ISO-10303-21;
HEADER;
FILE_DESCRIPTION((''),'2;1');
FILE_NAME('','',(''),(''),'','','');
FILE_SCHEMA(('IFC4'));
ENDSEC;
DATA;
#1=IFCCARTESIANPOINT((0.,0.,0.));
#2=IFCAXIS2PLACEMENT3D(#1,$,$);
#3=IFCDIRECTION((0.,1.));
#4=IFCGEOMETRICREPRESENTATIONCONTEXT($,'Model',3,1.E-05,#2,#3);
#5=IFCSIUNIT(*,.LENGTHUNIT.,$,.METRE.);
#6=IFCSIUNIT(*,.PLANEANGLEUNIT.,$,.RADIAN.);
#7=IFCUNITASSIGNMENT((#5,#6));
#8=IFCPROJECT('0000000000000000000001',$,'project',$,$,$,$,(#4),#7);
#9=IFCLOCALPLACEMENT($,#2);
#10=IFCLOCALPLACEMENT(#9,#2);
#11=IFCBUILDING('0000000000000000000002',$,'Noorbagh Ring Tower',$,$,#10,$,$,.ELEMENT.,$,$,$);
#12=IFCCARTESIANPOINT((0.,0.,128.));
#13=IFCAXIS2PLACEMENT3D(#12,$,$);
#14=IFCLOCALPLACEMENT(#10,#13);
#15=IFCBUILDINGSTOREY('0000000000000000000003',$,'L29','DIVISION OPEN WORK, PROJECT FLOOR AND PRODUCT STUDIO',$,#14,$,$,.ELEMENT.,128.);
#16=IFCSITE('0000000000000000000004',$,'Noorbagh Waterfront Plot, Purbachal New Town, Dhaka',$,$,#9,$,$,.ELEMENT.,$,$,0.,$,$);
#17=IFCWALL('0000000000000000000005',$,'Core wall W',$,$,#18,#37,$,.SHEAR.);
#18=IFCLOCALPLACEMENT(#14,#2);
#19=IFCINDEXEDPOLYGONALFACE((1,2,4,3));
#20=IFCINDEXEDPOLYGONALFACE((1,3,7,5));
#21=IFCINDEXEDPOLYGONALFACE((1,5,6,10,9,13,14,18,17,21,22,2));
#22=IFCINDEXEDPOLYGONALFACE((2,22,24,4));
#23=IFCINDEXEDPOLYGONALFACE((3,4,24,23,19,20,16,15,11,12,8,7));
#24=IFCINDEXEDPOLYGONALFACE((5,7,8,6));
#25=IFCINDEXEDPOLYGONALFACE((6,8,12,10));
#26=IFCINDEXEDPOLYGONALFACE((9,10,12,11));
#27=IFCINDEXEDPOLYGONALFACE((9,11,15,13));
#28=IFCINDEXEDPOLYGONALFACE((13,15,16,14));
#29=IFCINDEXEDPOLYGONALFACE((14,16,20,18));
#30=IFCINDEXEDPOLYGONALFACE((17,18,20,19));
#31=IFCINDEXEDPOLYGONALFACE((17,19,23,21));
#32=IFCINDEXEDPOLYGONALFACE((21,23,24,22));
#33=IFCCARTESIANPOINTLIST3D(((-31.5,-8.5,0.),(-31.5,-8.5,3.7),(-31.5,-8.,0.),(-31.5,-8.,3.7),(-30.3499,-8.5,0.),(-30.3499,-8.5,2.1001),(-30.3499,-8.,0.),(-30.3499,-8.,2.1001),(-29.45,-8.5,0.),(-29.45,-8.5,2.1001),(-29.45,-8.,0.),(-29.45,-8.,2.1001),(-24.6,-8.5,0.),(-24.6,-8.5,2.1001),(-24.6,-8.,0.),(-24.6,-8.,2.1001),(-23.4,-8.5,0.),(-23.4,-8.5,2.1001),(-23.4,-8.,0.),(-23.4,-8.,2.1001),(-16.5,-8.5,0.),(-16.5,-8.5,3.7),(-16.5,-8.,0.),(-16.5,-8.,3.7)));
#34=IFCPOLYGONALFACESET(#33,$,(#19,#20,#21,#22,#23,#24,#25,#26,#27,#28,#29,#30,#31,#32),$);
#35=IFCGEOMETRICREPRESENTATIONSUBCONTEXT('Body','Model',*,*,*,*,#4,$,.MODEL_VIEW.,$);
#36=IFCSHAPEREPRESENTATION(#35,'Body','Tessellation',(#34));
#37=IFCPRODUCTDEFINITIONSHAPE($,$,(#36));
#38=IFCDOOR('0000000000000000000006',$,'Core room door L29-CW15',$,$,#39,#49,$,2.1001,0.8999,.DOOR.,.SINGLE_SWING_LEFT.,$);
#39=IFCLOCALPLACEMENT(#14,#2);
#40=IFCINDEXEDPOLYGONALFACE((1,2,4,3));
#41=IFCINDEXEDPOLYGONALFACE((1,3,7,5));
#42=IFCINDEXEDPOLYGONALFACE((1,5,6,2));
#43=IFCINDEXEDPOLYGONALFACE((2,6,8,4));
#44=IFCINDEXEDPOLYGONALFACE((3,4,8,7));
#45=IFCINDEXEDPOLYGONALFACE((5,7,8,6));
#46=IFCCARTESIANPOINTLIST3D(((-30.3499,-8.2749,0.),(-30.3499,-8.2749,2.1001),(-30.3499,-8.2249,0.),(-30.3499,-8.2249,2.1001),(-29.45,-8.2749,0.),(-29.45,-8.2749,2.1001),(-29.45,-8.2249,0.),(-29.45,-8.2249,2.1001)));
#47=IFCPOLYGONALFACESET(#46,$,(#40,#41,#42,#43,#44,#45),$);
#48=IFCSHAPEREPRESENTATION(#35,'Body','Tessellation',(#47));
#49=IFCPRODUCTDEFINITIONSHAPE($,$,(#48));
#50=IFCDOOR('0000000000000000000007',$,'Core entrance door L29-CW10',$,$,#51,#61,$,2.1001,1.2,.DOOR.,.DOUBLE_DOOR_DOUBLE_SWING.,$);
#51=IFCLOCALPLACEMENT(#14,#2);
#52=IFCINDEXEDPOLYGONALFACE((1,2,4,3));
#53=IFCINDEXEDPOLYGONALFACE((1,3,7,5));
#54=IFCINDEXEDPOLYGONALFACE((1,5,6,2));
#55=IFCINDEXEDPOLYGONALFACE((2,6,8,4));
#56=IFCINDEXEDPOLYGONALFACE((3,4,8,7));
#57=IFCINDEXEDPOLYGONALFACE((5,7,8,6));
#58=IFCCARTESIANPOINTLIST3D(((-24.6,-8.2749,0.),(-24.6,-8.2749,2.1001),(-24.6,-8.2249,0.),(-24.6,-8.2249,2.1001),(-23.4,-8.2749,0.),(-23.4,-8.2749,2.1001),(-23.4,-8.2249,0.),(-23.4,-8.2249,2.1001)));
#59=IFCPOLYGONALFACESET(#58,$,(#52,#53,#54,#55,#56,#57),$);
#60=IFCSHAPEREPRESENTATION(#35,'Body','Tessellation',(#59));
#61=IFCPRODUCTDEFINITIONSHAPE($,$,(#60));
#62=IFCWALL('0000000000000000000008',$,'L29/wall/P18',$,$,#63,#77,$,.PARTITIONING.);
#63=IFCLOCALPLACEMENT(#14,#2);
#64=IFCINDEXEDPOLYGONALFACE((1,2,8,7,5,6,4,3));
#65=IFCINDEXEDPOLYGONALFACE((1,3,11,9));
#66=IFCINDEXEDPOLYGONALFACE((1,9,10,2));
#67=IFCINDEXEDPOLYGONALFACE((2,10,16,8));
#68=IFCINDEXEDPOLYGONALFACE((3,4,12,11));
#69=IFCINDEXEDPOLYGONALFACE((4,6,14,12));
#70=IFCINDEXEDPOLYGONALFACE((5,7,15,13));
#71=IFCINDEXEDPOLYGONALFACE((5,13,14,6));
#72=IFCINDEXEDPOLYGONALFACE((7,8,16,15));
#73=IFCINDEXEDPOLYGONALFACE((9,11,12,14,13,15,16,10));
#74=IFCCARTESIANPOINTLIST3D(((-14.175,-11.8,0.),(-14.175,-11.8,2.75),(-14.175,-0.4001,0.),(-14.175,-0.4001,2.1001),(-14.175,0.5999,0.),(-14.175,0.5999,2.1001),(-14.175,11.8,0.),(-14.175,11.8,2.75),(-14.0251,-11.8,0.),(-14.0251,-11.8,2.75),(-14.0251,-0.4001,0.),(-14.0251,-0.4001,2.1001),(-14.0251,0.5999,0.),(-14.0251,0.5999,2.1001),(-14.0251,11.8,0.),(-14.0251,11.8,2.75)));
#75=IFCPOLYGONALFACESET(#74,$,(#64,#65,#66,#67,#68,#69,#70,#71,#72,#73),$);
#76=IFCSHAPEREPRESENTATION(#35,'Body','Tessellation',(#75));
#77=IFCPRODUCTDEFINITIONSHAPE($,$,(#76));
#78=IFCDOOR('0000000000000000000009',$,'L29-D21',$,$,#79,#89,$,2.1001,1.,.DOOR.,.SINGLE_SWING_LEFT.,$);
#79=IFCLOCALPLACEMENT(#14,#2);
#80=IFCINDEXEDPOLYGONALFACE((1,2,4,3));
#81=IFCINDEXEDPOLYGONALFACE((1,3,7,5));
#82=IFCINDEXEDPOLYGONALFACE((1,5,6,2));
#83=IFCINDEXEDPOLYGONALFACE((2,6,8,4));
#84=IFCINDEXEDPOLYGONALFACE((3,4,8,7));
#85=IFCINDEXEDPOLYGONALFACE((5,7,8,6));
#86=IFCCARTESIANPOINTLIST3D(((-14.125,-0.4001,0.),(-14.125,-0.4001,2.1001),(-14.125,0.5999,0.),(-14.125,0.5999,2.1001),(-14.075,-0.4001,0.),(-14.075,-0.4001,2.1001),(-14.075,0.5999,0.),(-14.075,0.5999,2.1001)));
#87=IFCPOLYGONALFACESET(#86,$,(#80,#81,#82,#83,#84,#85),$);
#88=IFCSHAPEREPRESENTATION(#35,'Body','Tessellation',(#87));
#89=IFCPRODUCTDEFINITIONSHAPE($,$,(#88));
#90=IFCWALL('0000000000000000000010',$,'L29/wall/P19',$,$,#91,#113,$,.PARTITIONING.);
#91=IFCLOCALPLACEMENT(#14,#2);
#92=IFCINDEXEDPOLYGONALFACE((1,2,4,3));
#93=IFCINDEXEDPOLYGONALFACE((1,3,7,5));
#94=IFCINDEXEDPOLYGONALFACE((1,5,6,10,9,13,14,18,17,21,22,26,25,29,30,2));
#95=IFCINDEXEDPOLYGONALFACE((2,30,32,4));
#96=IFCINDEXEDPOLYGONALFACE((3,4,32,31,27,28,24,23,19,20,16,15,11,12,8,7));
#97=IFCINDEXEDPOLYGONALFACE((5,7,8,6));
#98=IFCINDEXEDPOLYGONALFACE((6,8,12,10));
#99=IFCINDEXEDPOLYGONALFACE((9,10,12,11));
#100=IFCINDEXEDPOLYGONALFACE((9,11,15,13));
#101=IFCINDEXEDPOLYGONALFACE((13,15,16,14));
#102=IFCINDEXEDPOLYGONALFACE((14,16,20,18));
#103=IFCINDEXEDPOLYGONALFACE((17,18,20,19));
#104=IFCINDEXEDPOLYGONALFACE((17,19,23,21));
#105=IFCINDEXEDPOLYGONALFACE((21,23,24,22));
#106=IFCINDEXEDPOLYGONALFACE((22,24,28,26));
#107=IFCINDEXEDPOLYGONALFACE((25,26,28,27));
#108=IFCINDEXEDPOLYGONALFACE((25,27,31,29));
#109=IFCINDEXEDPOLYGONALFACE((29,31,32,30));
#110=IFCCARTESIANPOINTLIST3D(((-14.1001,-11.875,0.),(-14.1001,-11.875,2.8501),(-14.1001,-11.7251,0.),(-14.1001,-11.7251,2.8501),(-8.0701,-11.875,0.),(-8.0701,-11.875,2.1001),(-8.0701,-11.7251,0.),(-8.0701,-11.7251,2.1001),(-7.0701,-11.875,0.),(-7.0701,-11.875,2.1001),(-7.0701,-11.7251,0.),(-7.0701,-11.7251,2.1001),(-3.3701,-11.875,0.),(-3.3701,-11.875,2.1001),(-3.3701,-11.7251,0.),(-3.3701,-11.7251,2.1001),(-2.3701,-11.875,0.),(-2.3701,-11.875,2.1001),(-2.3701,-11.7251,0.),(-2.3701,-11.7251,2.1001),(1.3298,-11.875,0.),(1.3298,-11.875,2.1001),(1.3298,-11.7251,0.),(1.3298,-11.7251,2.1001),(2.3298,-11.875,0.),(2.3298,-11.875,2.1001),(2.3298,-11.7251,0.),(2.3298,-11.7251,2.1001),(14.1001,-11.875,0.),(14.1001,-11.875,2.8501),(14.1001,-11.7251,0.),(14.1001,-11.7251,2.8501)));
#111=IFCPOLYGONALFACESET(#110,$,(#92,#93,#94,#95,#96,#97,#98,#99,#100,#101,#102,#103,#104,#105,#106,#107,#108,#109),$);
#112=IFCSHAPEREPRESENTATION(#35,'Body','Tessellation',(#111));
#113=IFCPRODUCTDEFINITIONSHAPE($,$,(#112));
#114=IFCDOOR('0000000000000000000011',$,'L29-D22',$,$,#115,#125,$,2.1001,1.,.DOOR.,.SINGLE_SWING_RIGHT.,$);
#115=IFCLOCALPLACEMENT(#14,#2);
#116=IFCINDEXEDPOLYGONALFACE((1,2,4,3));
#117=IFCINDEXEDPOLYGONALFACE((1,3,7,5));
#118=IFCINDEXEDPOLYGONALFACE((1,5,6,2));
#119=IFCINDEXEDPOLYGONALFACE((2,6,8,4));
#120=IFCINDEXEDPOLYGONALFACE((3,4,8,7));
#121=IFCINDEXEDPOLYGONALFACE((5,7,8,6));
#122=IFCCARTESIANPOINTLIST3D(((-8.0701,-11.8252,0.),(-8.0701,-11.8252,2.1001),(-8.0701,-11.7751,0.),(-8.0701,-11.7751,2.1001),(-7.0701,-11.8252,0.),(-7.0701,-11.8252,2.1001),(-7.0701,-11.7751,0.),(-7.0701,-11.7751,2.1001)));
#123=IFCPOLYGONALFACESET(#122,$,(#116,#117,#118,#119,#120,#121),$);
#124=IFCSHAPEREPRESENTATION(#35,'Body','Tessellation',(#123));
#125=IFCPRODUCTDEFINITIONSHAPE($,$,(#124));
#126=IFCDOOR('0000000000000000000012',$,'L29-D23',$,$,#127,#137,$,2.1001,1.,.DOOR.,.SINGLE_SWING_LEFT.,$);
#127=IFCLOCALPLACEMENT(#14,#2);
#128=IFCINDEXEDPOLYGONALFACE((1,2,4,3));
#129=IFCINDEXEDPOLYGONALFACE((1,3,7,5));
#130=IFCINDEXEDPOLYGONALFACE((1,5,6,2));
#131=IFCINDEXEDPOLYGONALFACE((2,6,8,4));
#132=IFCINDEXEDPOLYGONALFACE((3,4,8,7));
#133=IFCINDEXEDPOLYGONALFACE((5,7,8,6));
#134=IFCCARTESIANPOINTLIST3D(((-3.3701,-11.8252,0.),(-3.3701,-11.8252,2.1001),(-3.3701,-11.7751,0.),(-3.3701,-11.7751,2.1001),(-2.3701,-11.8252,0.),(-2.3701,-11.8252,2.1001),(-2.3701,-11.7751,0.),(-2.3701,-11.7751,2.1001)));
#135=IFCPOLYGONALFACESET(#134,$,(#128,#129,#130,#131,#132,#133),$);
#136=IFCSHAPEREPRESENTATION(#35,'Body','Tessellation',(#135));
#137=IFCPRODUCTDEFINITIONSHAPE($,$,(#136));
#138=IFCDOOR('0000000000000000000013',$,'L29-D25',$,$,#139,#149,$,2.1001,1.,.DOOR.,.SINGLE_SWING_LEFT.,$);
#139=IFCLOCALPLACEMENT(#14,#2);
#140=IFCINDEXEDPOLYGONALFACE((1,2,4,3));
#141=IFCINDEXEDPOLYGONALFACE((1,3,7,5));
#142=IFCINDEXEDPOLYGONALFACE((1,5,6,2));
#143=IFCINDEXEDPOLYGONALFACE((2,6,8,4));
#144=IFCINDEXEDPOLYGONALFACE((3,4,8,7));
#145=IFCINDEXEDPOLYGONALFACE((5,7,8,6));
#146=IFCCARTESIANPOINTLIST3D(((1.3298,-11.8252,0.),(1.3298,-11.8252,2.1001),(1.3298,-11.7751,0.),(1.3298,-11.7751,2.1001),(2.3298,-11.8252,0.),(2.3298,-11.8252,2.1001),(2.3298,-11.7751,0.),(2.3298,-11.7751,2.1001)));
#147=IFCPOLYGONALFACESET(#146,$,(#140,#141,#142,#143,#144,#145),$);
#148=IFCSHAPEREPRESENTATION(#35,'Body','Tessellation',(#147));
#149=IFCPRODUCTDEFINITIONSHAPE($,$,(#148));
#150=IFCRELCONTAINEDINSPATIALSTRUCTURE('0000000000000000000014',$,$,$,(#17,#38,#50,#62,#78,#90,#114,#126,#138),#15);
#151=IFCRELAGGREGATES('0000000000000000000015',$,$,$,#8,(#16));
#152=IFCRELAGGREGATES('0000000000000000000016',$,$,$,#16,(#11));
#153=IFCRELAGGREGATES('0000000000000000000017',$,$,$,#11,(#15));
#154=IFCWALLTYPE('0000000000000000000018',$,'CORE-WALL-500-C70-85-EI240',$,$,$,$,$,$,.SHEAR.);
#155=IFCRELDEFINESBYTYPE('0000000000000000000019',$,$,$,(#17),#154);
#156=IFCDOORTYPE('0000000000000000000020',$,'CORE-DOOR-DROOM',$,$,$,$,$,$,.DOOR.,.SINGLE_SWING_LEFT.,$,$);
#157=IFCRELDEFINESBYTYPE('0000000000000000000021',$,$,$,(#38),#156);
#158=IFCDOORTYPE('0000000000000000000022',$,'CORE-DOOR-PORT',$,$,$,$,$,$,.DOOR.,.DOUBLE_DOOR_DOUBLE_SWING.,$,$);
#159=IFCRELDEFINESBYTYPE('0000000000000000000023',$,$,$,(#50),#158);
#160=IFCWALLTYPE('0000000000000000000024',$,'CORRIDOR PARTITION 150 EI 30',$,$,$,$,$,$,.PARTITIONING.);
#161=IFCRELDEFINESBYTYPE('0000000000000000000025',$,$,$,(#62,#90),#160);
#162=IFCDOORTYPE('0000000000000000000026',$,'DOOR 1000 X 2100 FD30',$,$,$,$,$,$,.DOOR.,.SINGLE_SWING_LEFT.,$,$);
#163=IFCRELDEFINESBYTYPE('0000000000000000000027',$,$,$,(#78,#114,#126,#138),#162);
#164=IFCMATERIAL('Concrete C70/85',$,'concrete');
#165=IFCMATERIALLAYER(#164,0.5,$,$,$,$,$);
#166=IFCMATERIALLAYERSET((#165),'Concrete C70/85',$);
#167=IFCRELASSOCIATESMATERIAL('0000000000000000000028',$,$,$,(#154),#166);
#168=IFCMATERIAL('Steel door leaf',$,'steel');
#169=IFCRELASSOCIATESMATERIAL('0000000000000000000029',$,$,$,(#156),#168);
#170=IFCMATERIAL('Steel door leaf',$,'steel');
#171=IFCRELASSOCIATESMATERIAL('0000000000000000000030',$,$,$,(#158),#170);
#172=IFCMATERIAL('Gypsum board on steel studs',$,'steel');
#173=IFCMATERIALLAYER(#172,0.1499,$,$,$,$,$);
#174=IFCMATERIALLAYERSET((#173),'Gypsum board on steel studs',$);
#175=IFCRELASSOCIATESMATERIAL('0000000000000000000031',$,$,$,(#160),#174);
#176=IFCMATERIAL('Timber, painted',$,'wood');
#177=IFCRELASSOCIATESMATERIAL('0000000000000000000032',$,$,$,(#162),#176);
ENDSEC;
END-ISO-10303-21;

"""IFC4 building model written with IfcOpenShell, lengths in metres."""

from ifc_helpers import new_model, si_unit, direction, frame, frame_2d, origin, place, context, subcontext, project, spatial, rectangle, extrude, material, layer, layer_set, type_object, element, fill, save


model = new_model("IFC4")

# Units and contexts
model_context = context("Model", 3, precision=1e-05, world=origin(), true_north=direction((0.0, 1.0)))
body_context = subcontext(model_context, "Body", "Model", "MODEL_VIEW")
ifc_project = project(units=[si_unit("LENGTHUNIT", "METRE"), si_unit("PLANEANGLEUNIT", "RADIAN")], contexts=[model_context])

# Site, building, storey
site_placement = place(None, origin())
site = spatial("IfcSite", under=ifc_project, at=site_placement, Name="Noorbagh Waterfront Plot, Purbachal New Town, Dhaka", CompositionType="ELEMENT", RefElevation=0.0)
building_placement = place(site_placement, origin())
building = spatial("IfcBuilding", under=site, at=building_placement, Name="Noorbagh Ring Tower", CompositionType="ELEMENT")
storey_placement = place(building_placement, frame((0.0, 0.0, 128.0)))
storey = spatial("IfcBuildingStorey", under=building, at=storey_placement, Name="L29", Description="DIVISION OPEN WORK, PROJECT FLOOR AND PRODUCT STUDIO", CompositionType="ELEMENT", Elevation=128.0)

# Wall, openings, doors
ifc_material_1 = material(Name="Concrete C70/85", Category="concrete")
ifc_layer_1 = layer(ifc_material_1, 0.5)
ifc_layer_set_1 = layer_set([ifc_layer_1], Name="Concrete C70/85")
wall_type_1 = type_object("IfcWallType", Name="CORE-WALL-500-C70-85-EI240", PredefinedType="SHEAR", material=ifc_layer_set_1)
wall_1_placement = place(storey_placement, frame((-16.5, -8.25, 0.0), z_axis=(0.0, 0.0, 1.0), x_axis=(-1.0, 0.0, 0.0)))
wall_1 = element("IfcWall", 1, at=wall_1_placement, inside=storey, type_object=wall_type_1, Name="Core wall W", PredefinedType="SHEAR", context=body_context, shape_type="SweptSolid", body=[
    extrude(rectangle(XDim=15.0, YDim=0.5, at=frame_2d((7.5, 0.0))), origin(), (0.0, 0.0, 1.0), 3.7),
])
opening_1_placement = place(wall_1_placement, frame((6.8999, 0.0, 0.0)))
opening_1 = element("IfcOpeningElement", 2, at=opening_1_placement, cuts=wall_1, PredefinedType="OPENING", context=body_context, shape_type="SweptSolid", body=[
    extrude(rectangle(XDim=1.2, YDim=2.1001, at=frame_2d((0.6001, 1.05))), frame((0.0, 0.26, 0.0), z_axis=(0.0, -1.0, 0.0), x_axis=(1.0, 0.0, 0.0)), (0.0, 0.0, 1.0), 0.52),
])
opening_2_placement = place(wall_1_placement, frame((12.95, 0.0, 0.0)))
opening_2 = element("IfcOpeningElement", 3, at=opening_2_placement, cuts=wall_1, PredefinedType="OPENING", context=body_context, shape_type="SweptSolid", body=[
    extrude(rectangle(XDim=0.8999, YDim=2.1001, at=frame_2d((0.45, 1.05))), frame((0.0, 0.26, 0.0), z_axis=(0.0, -1.0, 0.0), x_axis=(1.0, 0.0, 0.0)), (0.0, 0.0, 1.0), 0.52),
])
ifc_material_2 = material(Name="Steel door leaf", Category="steel")
door_type_1 = type_object("IfcDoorType", Name="CORE-DOOR-DROOM", OperationType="SINGLE_SWING_LEFT", PredefinedType="DOOR", material=ifc_material_2)
door_1_placement = place(opening_2_placement, origin())
door_1 = element("IfcDoor", 4, at=door_1_placement, inside=storey, type_object=door_type_1, Name="Core room door L29-CW15", OperationType="SINGLE_SWING_LEFT", OverallHeight=2.1001, OverallWidth=0.8999, PredefinedType="DOOR", context=body_context, shape_type="SweptSolid", body=[
    extrude(rectangle(XDim=0.8999, YDim=2.1001, at=frame_2d((0.45, 1.05))), frame((0.0, 0.0249, 0.0), z_axis=(0.0, -1.0, 0.0), x_axis=(1.0, 0.0, 0.0)), (0.0, 0.0, 1.0), 0.05),
])
fill(opening_2, door_1)
ifc_material_3 = material(Name="Steel door leaf", Category="steel")
door_type_2 = type_object("IfcDoorType", Name="CORE-DOOR-PORT", OperationType="DOUBLE_DOOR_DOUBLE_SWING", PredefinedType="DOOR", material=ifc_material_3)
door_2_placement = place(opening_1_placement, origin())
door_2 = element("IfcDoor", 5, at=door_2_placement, inside=storey, type_object=door_type_2, Name="Core entrance door L29-CW10", OperationType="DOUBLE_DOOR_DOUBLE_SWING", OverallHeight=2.1001, OverallWidth=1.2, PredefinedType="DOOR", context=body_context, shape_type="SweptSolid", body=[
    extrude(rectangle(XDim=1.2, YDim=2.1001, at=frame_2d((0.6001, 1.05))), frame((0.0, 0.0249, 0.0), z_axis=(0.0, -1.0, 0.0), x_axis=(1.0, 0.0, 0.0)), (0.0, 0.0, 1.0), 0.05),
])
fill(opening_1, door_2)

# Wall, opening, door
ifc_material_4 = material(Name="Gypsum board on steel studs", Category="steel")
ifc_layer_2 = layer(ifc_material_4, 0.1499)
ifc_layer_set_2 = layer_set([ifc_layer_2], Name="Gypsum board on steel studs")
wall_type_2 = type_object("IfcWallType", Name="CORRIDOR PARTITION 150 EI 30", PredefinedType="PARTITIONING", material=ifc_layer_set_2)
wall_2_placement = place(storey_placement, frame((-14.1001, -11.8, 0.0), z_axis=(0.0, 0.0, 1.0), x_axis=(0.0, 1.0, 0.0)))
wall_2 = element("IfcWall", 6, at=wall_2_placement, inside=storey, type_object=wall_type_2, Name="L29/wall/P18", PredefinedType="PARTITIONING", context=body_context, shape_type="SweptSolid", body=[
    extrude(rectangle(XDim=23.6001, YDim=0.1499, at=frame_2d((11.8, 0.0))), origin(), (0.0, 0.0, 1.0), 2.75),
])
opening_3_placement = place(wall_2_placement, frame((11.3999, 0.0, 0.0)))
opening_3 = element("IfcOpeningElement", 7, at=opening_3_placement, cuts=wall_2, PredefinedType="OPENING", context=body_context, shape_type="SweptSolid", body=[
    extrude(rectangle(XDim=1.0, YDim=2.1001, at=frame_2d((0.5, 1.05))), frame((0.0, 0.085, 0.0), z_axis=(0.0, -1.0, 0.0), x_axis=(1.0, 0.0, 0.0)), (0.0, 0.0, 1.0), 0.1699),
])
ifc_material_5 = material(Name="Timber, painted", Category="wood")
door_type_3 = type_object("IfcDoorType", Name="DOOR 1000 X 2100 FD30", OperationType="SINGLE_SWING_LEFT", PredefinedType="DOOR", material=ifc_material_5)
door_3_placement = place(opening_3_placement, origin())
door_3 = element("IfcDoor", 8, at=door_3_placement, inside=storey, type_object=door_type_3, Name="L29-D21", OperationType="SINGLE_SWING_LEFT", OverallHeight=2.1001, OverallWidth=1.0, PredefinedType="DOOR", context=body_context, shape_type="SweptSolid", body=[
    extrude(rectangle(XDim=1.0, YDim=2.1001, at=frame_2d((0.5, 1.05))), frame((0.0, 0.0249, 0.0), z_axis=(0.0, -1.0, 0.0), x_axis=(1.0, 0.0, 0.0)), (0.0, 0.0, 1.0), 0.05),
])
fill(opening_3, door_3)

# Wall, openings, doors
wall_3_placement = place(storey_placement, frame((-14.1001, -11.8, 0.0), z_axis=(0.0, 0.0, 1.0), x_axis=(1.0, 0.0, 0.0)))
wall_3 = element("IfcWall", 9, at=wall_3_placement, inside=storey, type_object=wall_type_2, Name="L29/wall/P19", PredefinedType="PARTITIONING", context=body_context, shape_type="SweptSolid", body=[
    extrude(rectangle(XDim=28.2002, YDim=0.1499, at=frame_2d((14.1001, 0.0))), origin(), (0.0, 0.0, 1.0), 2.8501),
])
opening_4_placement = place(wall_3_placement, frame((6.03, 0.0, 0.0)))
opening_4 = element("IfcOpeningElement", 10, at=opening_4_placement, cuts=wall_3, PredefinedType="OPENING", context=body_context, shape_type="SweptSolid", body=[
    extrude(rectangle(XDim=1.0, YDim=2.1001, at=frame_2d((0.5, 1.05))), frame((0.0, 0.085, 0.0), z_axis=(0.0, -1.0, 0.0), x_axis=(1.0, 0.0, 0.0)), (0.0, 0.0, 1.0), 0.1699),
])
opening_5_placement = place(wall_3_placement, frame((10.73, 0.0, 0.0)))
opening_5 = element("IfcOpeningElement", 11, at=opening_5_placement, cuts=wall_3, PredefinedType="OPENING", context=body_context, shape_type="SweptSolid", body=[
    extrude(rectangle(XDim=1.0, YDim=2.1001, at=frame_2d((0.5, 1.05))), frame((0.0, 0.085, 0.0), z_axis=(0.0, -1.0, 0.0), x_axis=(1.0, 0.0, 0.0)), (0.0, 0.0, 1.0), 0.1699),
])
opening_6_placement = place(wall_3_placement, frame((15.4299, 0.0, 0.0)))
opening_6 = element("IfcOpeningElement", 12, at=opening_6_placement, cuts=wall_3, PredefinedType="OPENING", context=body_context, shape_type="SweptSolid", body=[
    extrude(rectangle(XDim=1.0, YDim=2.1001, at=frame_2d((0.5, 1.05))), frame((0.0, 0.085, 0.0), z_axis=(0.0, -1.0, 0.0), x_axis=(1.0, 0.0, 0.0)), (0.0, 0.0, 1.0), 0.1699),
])
door_4_placement = place(opening_4_placement, origin())
door_4 = element("IfcDoor", 13, at=door_4_placement, inside=storey, type_object=door_type_3, Name="L29-D22", OperationType="SINGLE_SWING_RIGHT", OverallHeight=2.1001, OverallWidth=1.0, PredefinedType="DOOR", context=body_context, shape_type="SweptSolid", body=[
    extrude(rectangle(XDim=1.0, YDim=2.1001, at=frame_2d((0.5, 1.05))), frame((0.0, 0.0249, 0.0), z_axis=(0.0, -1.0, 0.0), x_axis=(1.0, 0.0, 0.0)), (0.0, 0.0, 1.0), 0.05),
])
fill(opening_4, door_4)
door_5_placement = place(opening_5_placement, origin())
door_5 = element("IfcDoor", 14, at=door_5_placement, inside=storey, type_object=door_type_3, Name="L29-D23", OperationType="SINGLE_SWING_LEFT", OverallHeight=2.1001, OverallWidth=1.0, PredefinedType="DOOR", context=body_context, shape_type="SweptSolid", body=[
    extrude(rectangle(XDim=1.0, YDim=2.1001, at=frame_2d((0.5, 1.05))), frame((0.0, 0.0249, 0.0), z_axis=(0.0, -1.0, 0.0), x_axis=(1.0, 0.0, 0.0)), (0.0, 0.0, 1.0), 0.05),
])
fill(opening_5, door_5)
door_6_placement = place(opening_6_placement, origin())
door_6 = element("IfcDoor", 15, at=door_6_placement, inside=storey, type_object=door_type_3, Name="L29-D25", OperationType="SINGLE_SWING_LEFT", OverallHeight=2.1001, OverallWidth=1.0, PredefinedType="DOOR", context=body_context, shape_type="SweptSolid", body=[
    extrude(rectangle(XDim=1.0, YDim=2.1001, at=frame_2d((0.5, 1.05))), frame((0.0, 0.0249, 0.0), z_axis=(0.0, -1.0, 0.0), x_axis=(1.0, 0.0, 0.0)), (0.0, 0.0, 1.0), 0.05),
])
fill(opening_6, door_6)

save(model, "model.ifc")
